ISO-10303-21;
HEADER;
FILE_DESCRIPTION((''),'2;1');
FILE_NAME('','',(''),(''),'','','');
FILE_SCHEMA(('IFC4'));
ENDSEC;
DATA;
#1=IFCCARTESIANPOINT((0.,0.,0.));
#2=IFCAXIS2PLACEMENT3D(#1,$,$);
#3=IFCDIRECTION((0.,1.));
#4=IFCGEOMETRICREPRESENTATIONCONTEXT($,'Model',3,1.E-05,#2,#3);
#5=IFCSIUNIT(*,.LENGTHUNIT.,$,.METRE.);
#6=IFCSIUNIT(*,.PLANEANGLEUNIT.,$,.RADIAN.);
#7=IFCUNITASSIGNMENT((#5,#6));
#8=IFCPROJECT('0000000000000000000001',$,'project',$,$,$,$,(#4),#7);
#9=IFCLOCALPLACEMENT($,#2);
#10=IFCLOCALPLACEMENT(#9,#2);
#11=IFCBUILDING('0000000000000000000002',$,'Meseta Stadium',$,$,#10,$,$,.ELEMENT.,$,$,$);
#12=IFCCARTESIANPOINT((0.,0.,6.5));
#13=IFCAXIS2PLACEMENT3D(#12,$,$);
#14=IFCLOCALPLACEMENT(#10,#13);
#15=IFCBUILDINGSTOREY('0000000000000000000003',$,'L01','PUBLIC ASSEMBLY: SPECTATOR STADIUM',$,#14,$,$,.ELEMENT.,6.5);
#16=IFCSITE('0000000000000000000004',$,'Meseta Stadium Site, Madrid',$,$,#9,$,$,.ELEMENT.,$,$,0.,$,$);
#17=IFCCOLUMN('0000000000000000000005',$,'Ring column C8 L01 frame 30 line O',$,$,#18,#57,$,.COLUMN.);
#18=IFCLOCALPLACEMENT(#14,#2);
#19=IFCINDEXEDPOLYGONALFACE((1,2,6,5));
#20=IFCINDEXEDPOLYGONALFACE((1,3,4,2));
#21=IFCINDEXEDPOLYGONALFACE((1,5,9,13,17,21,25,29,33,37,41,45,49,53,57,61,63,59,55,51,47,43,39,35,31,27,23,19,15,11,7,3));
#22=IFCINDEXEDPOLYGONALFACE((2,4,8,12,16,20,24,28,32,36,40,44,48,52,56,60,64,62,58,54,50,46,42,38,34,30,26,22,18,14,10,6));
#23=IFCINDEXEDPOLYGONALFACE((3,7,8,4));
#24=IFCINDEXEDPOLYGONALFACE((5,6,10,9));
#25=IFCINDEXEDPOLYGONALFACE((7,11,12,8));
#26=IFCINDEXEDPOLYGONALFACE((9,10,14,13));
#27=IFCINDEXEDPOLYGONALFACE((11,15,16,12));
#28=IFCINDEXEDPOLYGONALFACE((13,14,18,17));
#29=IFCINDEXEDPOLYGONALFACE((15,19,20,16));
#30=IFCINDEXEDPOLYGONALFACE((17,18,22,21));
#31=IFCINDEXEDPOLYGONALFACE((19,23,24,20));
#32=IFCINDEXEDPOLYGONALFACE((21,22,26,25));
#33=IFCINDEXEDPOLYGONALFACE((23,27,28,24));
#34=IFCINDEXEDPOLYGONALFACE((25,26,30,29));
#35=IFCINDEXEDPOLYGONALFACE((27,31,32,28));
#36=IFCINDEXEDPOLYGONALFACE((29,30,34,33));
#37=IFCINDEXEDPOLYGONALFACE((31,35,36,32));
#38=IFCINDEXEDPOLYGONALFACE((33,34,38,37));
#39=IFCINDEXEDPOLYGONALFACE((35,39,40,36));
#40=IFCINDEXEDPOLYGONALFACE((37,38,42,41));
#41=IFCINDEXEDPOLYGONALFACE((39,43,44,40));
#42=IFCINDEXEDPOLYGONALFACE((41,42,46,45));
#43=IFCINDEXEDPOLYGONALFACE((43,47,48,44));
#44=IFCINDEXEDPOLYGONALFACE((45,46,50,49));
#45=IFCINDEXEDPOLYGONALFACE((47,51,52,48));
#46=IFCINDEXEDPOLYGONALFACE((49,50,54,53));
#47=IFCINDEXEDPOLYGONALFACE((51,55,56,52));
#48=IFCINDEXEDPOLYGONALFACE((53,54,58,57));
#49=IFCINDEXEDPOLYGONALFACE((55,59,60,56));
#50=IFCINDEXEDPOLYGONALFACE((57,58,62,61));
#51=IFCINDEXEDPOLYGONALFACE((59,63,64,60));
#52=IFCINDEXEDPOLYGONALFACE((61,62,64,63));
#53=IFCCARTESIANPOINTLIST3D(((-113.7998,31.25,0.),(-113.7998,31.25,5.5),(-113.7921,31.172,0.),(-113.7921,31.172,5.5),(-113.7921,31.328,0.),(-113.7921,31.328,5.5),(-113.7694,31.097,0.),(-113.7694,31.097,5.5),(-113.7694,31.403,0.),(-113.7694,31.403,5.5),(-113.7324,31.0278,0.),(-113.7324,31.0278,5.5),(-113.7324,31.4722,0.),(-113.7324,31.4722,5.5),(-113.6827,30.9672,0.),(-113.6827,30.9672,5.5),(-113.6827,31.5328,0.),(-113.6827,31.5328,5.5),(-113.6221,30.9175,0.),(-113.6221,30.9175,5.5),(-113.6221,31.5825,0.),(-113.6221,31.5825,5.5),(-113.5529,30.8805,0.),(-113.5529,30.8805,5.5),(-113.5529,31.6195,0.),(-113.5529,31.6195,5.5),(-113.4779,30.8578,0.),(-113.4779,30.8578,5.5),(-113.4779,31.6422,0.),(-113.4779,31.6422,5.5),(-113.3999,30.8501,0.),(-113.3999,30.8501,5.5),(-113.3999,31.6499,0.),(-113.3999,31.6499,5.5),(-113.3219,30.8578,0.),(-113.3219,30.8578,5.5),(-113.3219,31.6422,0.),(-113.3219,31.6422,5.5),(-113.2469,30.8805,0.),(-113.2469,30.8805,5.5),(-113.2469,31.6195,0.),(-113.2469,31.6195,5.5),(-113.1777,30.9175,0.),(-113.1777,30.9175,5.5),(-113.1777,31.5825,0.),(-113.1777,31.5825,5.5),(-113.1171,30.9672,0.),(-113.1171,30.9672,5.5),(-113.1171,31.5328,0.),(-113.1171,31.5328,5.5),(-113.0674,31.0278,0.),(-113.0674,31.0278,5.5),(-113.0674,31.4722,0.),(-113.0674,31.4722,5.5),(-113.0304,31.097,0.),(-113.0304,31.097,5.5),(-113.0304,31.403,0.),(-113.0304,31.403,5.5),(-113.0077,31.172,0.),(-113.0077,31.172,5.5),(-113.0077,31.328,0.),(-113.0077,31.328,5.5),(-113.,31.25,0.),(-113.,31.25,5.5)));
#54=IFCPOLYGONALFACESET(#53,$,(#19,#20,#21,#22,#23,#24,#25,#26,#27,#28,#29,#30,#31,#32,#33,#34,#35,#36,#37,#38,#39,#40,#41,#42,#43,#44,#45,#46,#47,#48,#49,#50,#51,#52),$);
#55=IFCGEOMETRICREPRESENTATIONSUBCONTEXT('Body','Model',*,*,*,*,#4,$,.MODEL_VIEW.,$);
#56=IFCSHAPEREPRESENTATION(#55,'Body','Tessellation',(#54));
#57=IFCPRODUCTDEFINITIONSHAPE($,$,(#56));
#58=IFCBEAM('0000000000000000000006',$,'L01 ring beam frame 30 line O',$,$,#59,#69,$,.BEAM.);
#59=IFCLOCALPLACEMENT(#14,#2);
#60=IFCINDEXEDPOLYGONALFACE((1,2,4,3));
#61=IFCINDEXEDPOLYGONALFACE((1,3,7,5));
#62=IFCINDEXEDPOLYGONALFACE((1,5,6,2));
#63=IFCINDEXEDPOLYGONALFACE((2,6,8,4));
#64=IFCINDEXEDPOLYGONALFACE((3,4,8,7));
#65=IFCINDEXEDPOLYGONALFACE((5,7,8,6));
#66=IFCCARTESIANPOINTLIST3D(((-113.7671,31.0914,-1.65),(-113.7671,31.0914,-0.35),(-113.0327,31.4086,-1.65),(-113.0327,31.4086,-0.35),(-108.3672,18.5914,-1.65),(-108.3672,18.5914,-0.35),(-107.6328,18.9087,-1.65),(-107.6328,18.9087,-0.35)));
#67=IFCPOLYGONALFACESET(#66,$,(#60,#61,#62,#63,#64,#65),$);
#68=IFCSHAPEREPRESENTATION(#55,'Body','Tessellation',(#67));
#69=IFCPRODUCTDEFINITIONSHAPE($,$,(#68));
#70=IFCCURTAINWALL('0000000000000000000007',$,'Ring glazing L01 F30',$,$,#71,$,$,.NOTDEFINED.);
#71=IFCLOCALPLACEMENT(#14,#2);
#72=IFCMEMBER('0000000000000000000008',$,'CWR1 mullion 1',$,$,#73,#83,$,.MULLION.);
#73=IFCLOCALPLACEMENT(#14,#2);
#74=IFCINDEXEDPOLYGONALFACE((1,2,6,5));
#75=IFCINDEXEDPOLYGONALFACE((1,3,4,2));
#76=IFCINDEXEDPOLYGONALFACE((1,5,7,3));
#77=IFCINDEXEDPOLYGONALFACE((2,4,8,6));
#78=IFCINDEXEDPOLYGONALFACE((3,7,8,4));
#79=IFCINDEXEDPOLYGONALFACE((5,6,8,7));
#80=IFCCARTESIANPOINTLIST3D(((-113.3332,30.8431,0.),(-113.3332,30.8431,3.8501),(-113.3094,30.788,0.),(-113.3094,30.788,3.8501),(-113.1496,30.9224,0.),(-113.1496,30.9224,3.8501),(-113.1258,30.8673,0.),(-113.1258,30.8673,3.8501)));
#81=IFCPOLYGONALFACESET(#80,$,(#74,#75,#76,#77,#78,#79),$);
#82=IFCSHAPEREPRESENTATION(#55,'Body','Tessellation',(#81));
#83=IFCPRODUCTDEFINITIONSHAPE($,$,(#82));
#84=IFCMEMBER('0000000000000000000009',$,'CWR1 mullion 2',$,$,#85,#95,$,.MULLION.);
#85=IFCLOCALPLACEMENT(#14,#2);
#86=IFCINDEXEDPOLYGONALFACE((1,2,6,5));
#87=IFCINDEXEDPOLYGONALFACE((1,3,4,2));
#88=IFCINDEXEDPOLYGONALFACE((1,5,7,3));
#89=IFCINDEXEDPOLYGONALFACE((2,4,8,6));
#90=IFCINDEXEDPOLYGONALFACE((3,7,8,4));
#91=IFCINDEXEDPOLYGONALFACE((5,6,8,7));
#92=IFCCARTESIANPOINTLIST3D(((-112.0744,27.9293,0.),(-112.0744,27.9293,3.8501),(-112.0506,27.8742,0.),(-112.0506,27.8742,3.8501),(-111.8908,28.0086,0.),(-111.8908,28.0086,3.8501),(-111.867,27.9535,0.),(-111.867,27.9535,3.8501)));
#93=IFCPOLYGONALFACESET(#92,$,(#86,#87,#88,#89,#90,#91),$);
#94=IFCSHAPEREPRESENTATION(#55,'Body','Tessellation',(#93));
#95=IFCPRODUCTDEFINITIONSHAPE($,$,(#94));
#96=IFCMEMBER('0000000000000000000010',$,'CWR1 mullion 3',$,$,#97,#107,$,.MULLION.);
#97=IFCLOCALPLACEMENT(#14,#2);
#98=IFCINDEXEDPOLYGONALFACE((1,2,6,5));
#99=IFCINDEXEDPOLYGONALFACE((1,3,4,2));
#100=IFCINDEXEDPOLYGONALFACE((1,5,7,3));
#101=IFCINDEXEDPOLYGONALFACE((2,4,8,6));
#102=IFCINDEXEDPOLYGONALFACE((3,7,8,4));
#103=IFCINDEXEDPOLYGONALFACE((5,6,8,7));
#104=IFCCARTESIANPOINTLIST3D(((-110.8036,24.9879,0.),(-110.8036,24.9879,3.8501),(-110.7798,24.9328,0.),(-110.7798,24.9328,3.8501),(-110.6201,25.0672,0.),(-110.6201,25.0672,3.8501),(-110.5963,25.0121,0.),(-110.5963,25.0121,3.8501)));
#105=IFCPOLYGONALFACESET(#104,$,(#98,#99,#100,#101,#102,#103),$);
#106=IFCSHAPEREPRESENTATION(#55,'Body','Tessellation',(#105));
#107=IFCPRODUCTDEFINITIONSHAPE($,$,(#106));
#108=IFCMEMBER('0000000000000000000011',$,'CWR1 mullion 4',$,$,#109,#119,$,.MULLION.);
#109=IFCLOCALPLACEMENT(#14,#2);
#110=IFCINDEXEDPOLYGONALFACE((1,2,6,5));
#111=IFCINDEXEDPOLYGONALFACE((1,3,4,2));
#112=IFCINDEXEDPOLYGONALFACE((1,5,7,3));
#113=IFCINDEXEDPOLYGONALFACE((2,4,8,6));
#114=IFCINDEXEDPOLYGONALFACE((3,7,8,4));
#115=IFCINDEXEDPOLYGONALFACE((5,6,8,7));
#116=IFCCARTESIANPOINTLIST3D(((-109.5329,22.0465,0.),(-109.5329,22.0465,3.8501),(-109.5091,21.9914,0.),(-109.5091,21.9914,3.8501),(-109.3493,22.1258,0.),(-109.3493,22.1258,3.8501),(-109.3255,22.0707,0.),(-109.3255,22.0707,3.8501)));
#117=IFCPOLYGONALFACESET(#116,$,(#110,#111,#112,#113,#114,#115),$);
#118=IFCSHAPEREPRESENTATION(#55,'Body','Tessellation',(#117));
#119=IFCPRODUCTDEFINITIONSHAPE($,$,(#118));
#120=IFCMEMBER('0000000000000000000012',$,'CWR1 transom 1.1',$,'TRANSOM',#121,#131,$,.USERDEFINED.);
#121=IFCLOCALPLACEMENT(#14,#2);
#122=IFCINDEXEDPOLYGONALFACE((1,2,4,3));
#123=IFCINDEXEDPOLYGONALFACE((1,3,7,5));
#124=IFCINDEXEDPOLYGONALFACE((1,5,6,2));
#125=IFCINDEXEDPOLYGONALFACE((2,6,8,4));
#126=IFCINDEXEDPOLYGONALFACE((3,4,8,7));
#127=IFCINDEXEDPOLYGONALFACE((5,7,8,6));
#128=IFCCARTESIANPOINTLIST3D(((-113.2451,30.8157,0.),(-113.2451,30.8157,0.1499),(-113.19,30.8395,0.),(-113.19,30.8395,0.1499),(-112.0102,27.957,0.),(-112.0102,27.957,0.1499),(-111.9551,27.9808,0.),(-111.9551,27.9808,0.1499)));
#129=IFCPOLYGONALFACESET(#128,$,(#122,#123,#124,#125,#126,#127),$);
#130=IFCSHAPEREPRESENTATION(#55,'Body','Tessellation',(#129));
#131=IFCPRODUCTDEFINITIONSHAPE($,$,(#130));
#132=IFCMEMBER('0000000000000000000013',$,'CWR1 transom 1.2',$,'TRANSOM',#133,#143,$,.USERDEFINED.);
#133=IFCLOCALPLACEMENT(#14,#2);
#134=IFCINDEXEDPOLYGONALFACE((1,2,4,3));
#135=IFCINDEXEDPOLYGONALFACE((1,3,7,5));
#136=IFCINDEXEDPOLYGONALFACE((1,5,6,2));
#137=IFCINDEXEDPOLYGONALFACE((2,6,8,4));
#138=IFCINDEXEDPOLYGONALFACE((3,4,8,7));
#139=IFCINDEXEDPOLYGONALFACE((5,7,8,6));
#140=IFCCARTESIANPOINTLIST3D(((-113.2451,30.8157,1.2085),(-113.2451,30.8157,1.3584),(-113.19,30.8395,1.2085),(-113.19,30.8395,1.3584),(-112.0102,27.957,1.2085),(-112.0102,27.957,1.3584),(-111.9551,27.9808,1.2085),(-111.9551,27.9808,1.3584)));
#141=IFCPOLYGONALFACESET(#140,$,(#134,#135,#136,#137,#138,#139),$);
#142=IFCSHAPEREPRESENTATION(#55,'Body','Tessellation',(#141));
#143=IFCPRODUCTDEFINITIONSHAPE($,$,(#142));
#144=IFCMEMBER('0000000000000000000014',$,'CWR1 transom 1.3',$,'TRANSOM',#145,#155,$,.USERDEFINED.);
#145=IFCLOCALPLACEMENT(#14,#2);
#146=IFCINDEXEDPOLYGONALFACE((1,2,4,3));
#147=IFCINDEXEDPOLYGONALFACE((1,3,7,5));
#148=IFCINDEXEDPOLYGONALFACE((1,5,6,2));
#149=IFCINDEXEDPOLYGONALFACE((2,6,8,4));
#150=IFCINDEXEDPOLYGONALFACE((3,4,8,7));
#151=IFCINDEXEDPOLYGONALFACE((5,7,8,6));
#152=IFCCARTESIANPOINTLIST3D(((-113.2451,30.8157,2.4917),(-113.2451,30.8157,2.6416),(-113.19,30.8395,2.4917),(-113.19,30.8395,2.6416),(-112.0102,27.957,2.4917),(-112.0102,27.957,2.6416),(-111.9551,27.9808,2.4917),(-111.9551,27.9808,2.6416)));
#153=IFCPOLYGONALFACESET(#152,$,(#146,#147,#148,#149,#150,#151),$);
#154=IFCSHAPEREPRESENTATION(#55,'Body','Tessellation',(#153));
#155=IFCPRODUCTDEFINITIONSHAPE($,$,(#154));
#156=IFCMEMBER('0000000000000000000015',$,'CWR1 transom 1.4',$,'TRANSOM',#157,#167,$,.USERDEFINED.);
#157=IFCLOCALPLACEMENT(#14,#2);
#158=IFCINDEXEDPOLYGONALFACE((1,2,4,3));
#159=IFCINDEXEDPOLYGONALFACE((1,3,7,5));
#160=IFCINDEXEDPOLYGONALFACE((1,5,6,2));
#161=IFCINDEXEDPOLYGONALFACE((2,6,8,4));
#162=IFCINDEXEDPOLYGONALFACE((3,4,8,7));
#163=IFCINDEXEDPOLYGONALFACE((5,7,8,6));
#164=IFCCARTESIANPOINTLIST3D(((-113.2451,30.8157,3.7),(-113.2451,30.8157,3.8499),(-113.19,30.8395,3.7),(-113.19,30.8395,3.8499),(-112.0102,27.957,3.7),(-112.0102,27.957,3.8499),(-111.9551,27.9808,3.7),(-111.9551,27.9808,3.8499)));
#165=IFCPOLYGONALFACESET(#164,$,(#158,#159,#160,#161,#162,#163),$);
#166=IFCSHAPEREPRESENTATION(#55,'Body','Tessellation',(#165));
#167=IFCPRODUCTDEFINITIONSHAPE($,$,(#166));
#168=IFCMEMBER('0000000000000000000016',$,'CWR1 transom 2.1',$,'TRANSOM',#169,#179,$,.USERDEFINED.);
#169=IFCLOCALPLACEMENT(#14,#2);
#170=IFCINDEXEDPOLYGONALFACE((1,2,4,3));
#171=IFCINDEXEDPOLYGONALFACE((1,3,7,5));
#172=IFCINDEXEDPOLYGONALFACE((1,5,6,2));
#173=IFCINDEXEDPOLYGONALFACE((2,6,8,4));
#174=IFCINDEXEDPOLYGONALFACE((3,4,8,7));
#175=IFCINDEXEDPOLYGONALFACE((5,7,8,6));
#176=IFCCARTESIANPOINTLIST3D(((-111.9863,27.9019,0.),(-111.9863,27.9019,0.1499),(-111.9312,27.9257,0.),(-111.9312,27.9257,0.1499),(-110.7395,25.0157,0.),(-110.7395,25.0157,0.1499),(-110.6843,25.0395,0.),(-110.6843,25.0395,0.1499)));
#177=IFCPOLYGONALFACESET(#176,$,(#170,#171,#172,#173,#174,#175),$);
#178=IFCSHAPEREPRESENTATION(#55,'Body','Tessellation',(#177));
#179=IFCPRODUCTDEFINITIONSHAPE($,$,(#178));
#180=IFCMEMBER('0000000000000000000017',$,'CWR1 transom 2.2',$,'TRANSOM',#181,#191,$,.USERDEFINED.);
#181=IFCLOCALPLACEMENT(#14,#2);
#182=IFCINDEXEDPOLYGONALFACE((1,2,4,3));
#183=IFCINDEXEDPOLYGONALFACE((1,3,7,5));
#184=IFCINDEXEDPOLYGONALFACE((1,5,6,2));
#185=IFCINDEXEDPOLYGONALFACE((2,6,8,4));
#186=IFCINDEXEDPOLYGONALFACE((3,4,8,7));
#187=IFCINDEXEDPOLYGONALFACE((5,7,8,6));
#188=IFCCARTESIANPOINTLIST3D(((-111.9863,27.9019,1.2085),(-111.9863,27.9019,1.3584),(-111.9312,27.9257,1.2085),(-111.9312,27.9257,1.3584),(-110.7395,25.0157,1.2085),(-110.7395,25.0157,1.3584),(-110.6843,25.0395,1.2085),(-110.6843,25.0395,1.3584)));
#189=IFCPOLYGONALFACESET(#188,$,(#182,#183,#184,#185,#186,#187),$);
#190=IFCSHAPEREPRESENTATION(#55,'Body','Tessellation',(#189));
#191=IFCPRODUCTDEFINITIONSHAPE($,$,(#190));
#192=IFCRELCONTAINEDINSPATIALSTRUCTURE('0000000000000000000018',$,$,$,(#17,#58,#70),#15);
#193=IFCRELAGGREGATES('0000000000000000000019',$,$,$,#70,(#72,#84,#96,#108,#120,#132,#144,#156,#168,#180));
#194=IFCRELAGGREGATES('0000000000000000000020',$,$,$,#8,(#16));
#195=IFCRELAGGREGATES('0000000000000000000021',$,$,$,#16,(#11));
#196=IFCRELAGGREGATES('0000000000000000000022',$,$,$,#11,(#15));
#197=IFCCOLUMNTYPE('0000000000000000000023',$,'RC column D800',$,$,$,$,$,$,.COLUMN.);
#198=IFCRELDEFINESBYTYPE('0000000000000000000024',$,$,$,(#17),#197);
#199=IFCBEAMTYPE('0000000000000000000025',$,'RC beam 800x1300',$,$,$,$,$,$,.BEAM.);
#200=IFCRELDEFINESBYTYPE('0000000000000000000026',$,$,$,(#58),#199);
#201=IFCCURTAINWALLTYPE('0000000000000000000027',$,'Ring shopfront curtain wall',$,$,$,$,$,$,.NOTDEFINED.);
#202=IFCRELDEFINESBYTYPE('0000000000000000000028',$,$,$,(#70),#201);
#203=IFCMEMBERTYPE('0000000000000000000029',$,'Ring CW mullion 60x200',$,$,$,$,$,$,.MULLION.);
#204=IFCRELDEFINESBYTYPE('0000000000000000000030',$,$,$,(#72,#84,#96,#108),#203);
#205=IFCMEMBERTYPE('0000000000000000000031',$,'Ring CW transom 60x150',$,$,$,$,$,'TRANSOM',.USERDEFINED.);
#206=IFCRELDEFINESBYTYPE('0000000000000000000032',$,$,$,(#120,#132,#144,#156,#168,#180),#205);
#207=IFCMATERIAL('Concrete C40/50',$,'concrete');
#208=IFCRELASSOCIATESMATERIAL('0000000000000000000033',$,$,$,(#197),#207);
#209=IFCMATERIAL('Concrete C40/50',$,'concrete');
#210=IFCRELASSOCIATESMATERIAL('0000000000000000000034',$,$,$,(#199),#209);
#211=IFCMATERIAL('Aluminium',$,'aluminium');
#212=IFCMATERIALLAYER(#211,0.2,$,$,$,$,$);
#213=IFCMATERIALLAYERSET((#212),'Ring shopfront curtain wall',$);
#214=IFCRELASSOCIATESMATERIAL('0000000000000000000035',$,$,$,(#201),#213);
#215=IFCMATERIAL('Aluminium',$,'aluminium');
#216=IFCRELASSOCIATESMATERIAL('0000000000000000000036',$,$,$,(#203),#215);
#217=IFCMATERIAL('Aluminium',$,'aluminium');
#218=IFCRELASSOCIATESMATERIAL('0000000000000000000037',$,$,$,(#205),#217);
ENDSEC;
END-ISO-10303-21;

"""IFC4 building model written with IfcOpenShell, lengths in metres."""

from ifc_helpers import new_model, si_unit, direction, frame, origin, origin_2d, place, context, subcontext, project, spatial, rectangle, circle, extrude, material, layer, layer_set, material_profile, profile_set, type_object, element, aggregate, save


model = new_model("IFC4")

# Units and contexts
model_context = context("Model", 3, precision=1e-05, world=origin(), true_north=direction((0.0, 1.0)))
body_context = subcontext(model_context, "Body", "Model", "MODEL_VIEW")
ifc_project = project(units=[si_unit("LENGTHUNIT", "METRE"), si_unit("PLANEANGLEUNIT", "RADIAN")], contexts=[model_context])

# Site, building, storey
site_placement = place(None, origin())
site = spatial("IfcSite", under=ifc_project, at=site_placement, Name="Meseta Stadium Site, Madrid", CompositionType="ELEMENT", RefElevation=0.0)
building_placement = place(site_placement, origin())
building = spatial("IfcBuilding", under=site, at=building_placement, Name="Meseta Stadium", CompositionType="ELEMENT")
storey_placement = place(building_placement, frame((0.0, 0.0, 6.5)))
storey = spatial("IfcBuildingStorey", under=building, at=storey_placement, Name="L01", Description="PUBLIC ASSEMBLY: SPECTATOR STADIUM", CompositionType="ELEMENT", Elevation=6.5)

# Column
ifc_material_1 = material(Name="Concrete C40/50", Category="concrete")
ifc_material_profile_1 = material_profile(ifc_material_1, circle(Radius=0.3999, at=origin_2d()), Name="RC D800")
ifc_profile_set_1 = profile_set([ifc_material_profile_1], Name="Concrete C40/50")
column_type = type_object("IfcColumnType", Name="RC column D800", PredefinedType="COLUMN", material=ifc_profile_set_1)
column_placement = place(storey_placement, frame((-113.3999, 31.25, 0.0), z_axis=(0.0, 0.0, 1.0), x_axis=(1.0, 0.0, 0.0)))
element("IfcColumn", 1, at=column_placement, inside=storey, type_object=column_type, Name="Ring column C8 L01 frame 30 line O", PredefinedType="COLUMN", context=body_context, shape_type="SweptSolid", body=[
    extrude(circle(Radius=0.3999, at=origin_2d()), origin(), (0.0, 0.0, 1.0), 5.5),
])

# Beam
ifc_material_2 = material(Name="Concrete C40/50", Category="concrete")
ifc_material_profile_2 = material_profile(ifc_material_2, rectangle(XDim=0.8, YDim=1.3, at=origin_2d()), Name="RC 800x1300")
ifc_profile_set_2 = profile_set([ifc_material_profile_2], Name="Concrete C40/50")
beam_type = type_object("IfcBeamType", Name="RC beam 800x1300", PredefinedType="BEAM", material=ifc_profile_set_2)
beam_placement = place(storey_placement, frame((-113.3999, 31.25, -1.0), z_axis=(0.396571, -0.918004, 0.0), x_axis=(0.918004, 0.396571, 0.0)))
element("IfcBeam", 2, at=beam_placement, inside=storey, type_object=beam_type, Name="L01 ring beam frame 30 line O", PredefinedType="BEAM", context=body_context, shape_type="SweptSolid", body=[
    extrude(rectangle(XDim=0.8, YDim=1.3, at=origin_2d()), origin(), (0.0, 0.0, 1.0), 13.6165),
])

# Curtain wall, members
ifc_material_3 = material(Name="Aluminium", Category="aluminium")
ifc_layer_1 = layer(ifc_material_3, 0.2)
ifc_layer_set_1 = layer_set([ifc_layer_1], Name="Ring shopfront curtain wall")
curtain_wall_type = type_object("IfcCurtainWallType", Name="Ring shopfront curtain wall", PredefinedType="NOTDEFINED", material=ifc_layer_set_1)
curtain_wall_placement = place(storey_placement, origin())
curtain_wall = element("IfcCurtainWall", 3, at=curtain_wall_placement, inside=storey, type_object=curtain_wall_type, Name="Ring glazing L01 F30", PredefinedType="NOTDEFINED")
ifc_material_4 = material(Name="Aluminium", Category="aluminium")
ifc_material_profile_3 = material_profile(ifc_material_4, rectangle(XDim=0.2, YDim=0.0601, at=origin_2d()), Name="CW 200x60")
ifc_profile_set_3 = profile_set([ifc_material_profile_3], Name="Aluminium")
member_type_1 = type_object("IfcMemberType", Name="Ring CW mullion 60x200", PredefinedType="MULLION", material=ifc_profile_set_3)
member_1_placement = place(storey_placement, frame((-113.2295, 30.8552, 0.0), z_axis=(0.0, 0.0, 1.0), x_axis=(0.918, 0.396581, 0.0)))
member_1 = element("IfcMember", 4, at=member_1_placement, type_object=member_type_1, Name="CWR1 mullion 1", PredefinedType="MULLION", context=body_context, shape_type="SweptSolid", body=[
    extrude(rectangle(XDim=0.2, YDim=0.0601, at=origin_2d()), origin(), (0.0, 0.0, 1.0), 3.8501),
])
member_2_placement = place(storey_placement, frame((-111.9707, 27.9414, 0.0), z_axis=(0.0, 0.0, 1.0), x_axis=(0.918, 0.396581, 0.0)))
member_2 = element("IfcMember", 5, at=member_2_placement, type_object=member_type_1, Name="CWR1 mullion 2", PredefinedType="MULLION", context=body_context, shape_type="SweptSolid", body=[
    extrude(rectangle(XDim=0.2, YDim=0.0601, at=origin_2d()), origin(), (0.0, 0.0, 1.0), 3.8501),
])
member_3_placement = place(storey_placement, frame((-110.7, 25.0, 0.0), z_axis=(0.0, 0.0, 1.0), x_axis=(0.918, 0.396581, 0.0)))
member_3 = element("IfcMember", 6, at=member_3_placement, type_object=member_type_1, Name="CWR1 mullion 3", PredefinedType="MULLION", context=body_context, shape_type="SweptSolid", body=[
    extrude(rectangle(XDim=0.2, YDim=0.0601, at=origin_2d()), origin(), (0.0, 0.0, 1.0), 3.8501),
])
member_4_placement = place(storey_placement, frame((-109.4292, 22.0586, 0.0), z_axis=(0.0, 0.0, 1.0), x_axis=(0.918, 0.396581, 0.0)))
member_4 = element("IfcMember", 7, at=member_4_placement, type_object=member_type_1, Name="CWR1 mullion 4", PredefinedType="MULLION", context=body_context, shape_type="SweptSolid", body=[
    extrude(rectangle(XDim=0.2, YDim=0.0601, at=origin_2d()), origin(), (0.0, 0.0, 1.0), 3.8501),
])
ifc_material_5 = material(Name="Aluminium", Category="aluminium")
ifc_material_profile_4 = material_profile(ifc_material_5, rectangle(XDim=0.0601, YDim=0.1499, at=origin_2d()), Name="CW 60x150")
ifc_profile_set_4 = profile_set([ifc_material_profile_4], Name="Aluminium")
member_type_2 = type_object("IfcMemberType", Name="Ring CW transom 60x150", ElementType="TRANSOM", PredefinedType="USERDEFINED", material=ifc_profile_set_4)
member_5_placement = place(storey_placement, frame((-113.2175, 30.8276, 0.075), z_axis=(0.396558, -0.91801, 0.0), x_axis=(0.91801, 0.396558, 0.0)))
member_5 = element("IfcMember", 8, at=member_5_placement, type_object=member_type_2, Name="CWR1 transom 1.1", ObjectType="TRANSOM", PredefinedType="USERDEFINED", context=body_context, shape_type="SweptSolid", body=[
    extrude(rectangle(XDim=0.0601, YDim=0.1499, at=origin_2d()), origin(), (0.0, 0.0, 1.0), 3.114),
])
member_6_placement = place(storey_placement, frame((-113.2175, 30.8276, 1.2834), z_axis=(0.396558, -0.91801, 0.0), x_axis=(0.91801, 0.396558, 0.0)))
member_6 = element("IfcMember", 9, at=member_6_placement, type_object=member_type_2, Name="CWR1 transom 1.2", ObjectType="TRANSOM", PredefinedType="USERDEFINED", context=body_context, shape_type="SweptSolid", body=[
    extrude(rectangle(XDim=0.0601, YDim=0.1499, at=origin_2d()), origin(), (0.0, 0.0, 1.0), 3.114),
])
member_7_placement = place(storey_placement, frame((-113.2175, 30.8276, 2.5667), z_axis=(0.396558, -0.91801, 0.0), x_axis=(0.91801, 0.396558, 0.0)))
member_7 = element("IfcMember", 10, at=member_7_placement, type_object=member_type_2, Name="CWR1 transom 1.3", ObjectType="TRANSOM", PredefinedType="USERDEFINED", context=body_context, shape_type="SweptSolid", body=[
    extrude(rectangle(XDim=0.0601, YDim=0.1499, at=origin_2d()), origin(), (0.0, 0.0, 1.0), 3.114),
])
member_8_placement = place(storey_placement, frame((-113.2175, 30.8276, 3.7749), z_axis=(0.396558, -0.91801, 0.0), x_axis=(0.91801, 0.396558, 0.0)))
member_8 = element("IfcMember", 11, at=member_8_placement, type_object=member_type_2, Name="CWR1 transom 1.4", ObjectType="TRANSOM", PredefinedType="USERDEFINED", context=body_context, shape_type="SweptSolid", body=[
    extrude(rectangle(XDim=0.0601, YDim=0.1499, at=origin_2d()), origin(), (0.0, 0.0, 1.0), 3.114),
])
member_9_placement = place(storey_placement, frame((-111.9587, 27.9138, 0.075), z_axis=(0.39657, -0.918005, 0.0), x_axis=(0.918005, 0.39657, 0.0)))
member_9 = element("IfcMember", 12, at=member_9_placement, type_object=member_type_2, Name="CWR1 transom 2.1", ObjectType="TRANSOM", PredefinedType="USERDEFINED", context=body_context, shape_type="SweptSolid", body=[
    extrude(rectangle(XDim=0.0601, YDim=0.1499, at=origin_2d()), origin(), (0.0, 0.0, 1.0), 3.144),
])
member_10_placement = place(storey_placement, frame((-111.9587, 27.9138, 1.2834), z_axis=(0.39657, -0.918005, 0.0), x_axis=(0.918005, 0.39657, 0.0)))
member_10 = element("IfcMember", 13, at=member_10_placement, type_object=member_type_2, Name="CWR1 transom 2.2", ObjectType="TRANSOM", PredefinedType="USERDEFINED", context=body_context, shape_type="SweptSolid", body=[
    extrude(rectangle(XDim=0.0601, YDim=0.1499, at=origin_2d()), origin(), (0.0, 0.0, 1.0), 3.144),
])
aggregate(curtain_wall, [member_1, member_2, member_3, member_4, member_5, member_6, member_7, member_8, member_9, member_10])

save(model, "model.ifc")
